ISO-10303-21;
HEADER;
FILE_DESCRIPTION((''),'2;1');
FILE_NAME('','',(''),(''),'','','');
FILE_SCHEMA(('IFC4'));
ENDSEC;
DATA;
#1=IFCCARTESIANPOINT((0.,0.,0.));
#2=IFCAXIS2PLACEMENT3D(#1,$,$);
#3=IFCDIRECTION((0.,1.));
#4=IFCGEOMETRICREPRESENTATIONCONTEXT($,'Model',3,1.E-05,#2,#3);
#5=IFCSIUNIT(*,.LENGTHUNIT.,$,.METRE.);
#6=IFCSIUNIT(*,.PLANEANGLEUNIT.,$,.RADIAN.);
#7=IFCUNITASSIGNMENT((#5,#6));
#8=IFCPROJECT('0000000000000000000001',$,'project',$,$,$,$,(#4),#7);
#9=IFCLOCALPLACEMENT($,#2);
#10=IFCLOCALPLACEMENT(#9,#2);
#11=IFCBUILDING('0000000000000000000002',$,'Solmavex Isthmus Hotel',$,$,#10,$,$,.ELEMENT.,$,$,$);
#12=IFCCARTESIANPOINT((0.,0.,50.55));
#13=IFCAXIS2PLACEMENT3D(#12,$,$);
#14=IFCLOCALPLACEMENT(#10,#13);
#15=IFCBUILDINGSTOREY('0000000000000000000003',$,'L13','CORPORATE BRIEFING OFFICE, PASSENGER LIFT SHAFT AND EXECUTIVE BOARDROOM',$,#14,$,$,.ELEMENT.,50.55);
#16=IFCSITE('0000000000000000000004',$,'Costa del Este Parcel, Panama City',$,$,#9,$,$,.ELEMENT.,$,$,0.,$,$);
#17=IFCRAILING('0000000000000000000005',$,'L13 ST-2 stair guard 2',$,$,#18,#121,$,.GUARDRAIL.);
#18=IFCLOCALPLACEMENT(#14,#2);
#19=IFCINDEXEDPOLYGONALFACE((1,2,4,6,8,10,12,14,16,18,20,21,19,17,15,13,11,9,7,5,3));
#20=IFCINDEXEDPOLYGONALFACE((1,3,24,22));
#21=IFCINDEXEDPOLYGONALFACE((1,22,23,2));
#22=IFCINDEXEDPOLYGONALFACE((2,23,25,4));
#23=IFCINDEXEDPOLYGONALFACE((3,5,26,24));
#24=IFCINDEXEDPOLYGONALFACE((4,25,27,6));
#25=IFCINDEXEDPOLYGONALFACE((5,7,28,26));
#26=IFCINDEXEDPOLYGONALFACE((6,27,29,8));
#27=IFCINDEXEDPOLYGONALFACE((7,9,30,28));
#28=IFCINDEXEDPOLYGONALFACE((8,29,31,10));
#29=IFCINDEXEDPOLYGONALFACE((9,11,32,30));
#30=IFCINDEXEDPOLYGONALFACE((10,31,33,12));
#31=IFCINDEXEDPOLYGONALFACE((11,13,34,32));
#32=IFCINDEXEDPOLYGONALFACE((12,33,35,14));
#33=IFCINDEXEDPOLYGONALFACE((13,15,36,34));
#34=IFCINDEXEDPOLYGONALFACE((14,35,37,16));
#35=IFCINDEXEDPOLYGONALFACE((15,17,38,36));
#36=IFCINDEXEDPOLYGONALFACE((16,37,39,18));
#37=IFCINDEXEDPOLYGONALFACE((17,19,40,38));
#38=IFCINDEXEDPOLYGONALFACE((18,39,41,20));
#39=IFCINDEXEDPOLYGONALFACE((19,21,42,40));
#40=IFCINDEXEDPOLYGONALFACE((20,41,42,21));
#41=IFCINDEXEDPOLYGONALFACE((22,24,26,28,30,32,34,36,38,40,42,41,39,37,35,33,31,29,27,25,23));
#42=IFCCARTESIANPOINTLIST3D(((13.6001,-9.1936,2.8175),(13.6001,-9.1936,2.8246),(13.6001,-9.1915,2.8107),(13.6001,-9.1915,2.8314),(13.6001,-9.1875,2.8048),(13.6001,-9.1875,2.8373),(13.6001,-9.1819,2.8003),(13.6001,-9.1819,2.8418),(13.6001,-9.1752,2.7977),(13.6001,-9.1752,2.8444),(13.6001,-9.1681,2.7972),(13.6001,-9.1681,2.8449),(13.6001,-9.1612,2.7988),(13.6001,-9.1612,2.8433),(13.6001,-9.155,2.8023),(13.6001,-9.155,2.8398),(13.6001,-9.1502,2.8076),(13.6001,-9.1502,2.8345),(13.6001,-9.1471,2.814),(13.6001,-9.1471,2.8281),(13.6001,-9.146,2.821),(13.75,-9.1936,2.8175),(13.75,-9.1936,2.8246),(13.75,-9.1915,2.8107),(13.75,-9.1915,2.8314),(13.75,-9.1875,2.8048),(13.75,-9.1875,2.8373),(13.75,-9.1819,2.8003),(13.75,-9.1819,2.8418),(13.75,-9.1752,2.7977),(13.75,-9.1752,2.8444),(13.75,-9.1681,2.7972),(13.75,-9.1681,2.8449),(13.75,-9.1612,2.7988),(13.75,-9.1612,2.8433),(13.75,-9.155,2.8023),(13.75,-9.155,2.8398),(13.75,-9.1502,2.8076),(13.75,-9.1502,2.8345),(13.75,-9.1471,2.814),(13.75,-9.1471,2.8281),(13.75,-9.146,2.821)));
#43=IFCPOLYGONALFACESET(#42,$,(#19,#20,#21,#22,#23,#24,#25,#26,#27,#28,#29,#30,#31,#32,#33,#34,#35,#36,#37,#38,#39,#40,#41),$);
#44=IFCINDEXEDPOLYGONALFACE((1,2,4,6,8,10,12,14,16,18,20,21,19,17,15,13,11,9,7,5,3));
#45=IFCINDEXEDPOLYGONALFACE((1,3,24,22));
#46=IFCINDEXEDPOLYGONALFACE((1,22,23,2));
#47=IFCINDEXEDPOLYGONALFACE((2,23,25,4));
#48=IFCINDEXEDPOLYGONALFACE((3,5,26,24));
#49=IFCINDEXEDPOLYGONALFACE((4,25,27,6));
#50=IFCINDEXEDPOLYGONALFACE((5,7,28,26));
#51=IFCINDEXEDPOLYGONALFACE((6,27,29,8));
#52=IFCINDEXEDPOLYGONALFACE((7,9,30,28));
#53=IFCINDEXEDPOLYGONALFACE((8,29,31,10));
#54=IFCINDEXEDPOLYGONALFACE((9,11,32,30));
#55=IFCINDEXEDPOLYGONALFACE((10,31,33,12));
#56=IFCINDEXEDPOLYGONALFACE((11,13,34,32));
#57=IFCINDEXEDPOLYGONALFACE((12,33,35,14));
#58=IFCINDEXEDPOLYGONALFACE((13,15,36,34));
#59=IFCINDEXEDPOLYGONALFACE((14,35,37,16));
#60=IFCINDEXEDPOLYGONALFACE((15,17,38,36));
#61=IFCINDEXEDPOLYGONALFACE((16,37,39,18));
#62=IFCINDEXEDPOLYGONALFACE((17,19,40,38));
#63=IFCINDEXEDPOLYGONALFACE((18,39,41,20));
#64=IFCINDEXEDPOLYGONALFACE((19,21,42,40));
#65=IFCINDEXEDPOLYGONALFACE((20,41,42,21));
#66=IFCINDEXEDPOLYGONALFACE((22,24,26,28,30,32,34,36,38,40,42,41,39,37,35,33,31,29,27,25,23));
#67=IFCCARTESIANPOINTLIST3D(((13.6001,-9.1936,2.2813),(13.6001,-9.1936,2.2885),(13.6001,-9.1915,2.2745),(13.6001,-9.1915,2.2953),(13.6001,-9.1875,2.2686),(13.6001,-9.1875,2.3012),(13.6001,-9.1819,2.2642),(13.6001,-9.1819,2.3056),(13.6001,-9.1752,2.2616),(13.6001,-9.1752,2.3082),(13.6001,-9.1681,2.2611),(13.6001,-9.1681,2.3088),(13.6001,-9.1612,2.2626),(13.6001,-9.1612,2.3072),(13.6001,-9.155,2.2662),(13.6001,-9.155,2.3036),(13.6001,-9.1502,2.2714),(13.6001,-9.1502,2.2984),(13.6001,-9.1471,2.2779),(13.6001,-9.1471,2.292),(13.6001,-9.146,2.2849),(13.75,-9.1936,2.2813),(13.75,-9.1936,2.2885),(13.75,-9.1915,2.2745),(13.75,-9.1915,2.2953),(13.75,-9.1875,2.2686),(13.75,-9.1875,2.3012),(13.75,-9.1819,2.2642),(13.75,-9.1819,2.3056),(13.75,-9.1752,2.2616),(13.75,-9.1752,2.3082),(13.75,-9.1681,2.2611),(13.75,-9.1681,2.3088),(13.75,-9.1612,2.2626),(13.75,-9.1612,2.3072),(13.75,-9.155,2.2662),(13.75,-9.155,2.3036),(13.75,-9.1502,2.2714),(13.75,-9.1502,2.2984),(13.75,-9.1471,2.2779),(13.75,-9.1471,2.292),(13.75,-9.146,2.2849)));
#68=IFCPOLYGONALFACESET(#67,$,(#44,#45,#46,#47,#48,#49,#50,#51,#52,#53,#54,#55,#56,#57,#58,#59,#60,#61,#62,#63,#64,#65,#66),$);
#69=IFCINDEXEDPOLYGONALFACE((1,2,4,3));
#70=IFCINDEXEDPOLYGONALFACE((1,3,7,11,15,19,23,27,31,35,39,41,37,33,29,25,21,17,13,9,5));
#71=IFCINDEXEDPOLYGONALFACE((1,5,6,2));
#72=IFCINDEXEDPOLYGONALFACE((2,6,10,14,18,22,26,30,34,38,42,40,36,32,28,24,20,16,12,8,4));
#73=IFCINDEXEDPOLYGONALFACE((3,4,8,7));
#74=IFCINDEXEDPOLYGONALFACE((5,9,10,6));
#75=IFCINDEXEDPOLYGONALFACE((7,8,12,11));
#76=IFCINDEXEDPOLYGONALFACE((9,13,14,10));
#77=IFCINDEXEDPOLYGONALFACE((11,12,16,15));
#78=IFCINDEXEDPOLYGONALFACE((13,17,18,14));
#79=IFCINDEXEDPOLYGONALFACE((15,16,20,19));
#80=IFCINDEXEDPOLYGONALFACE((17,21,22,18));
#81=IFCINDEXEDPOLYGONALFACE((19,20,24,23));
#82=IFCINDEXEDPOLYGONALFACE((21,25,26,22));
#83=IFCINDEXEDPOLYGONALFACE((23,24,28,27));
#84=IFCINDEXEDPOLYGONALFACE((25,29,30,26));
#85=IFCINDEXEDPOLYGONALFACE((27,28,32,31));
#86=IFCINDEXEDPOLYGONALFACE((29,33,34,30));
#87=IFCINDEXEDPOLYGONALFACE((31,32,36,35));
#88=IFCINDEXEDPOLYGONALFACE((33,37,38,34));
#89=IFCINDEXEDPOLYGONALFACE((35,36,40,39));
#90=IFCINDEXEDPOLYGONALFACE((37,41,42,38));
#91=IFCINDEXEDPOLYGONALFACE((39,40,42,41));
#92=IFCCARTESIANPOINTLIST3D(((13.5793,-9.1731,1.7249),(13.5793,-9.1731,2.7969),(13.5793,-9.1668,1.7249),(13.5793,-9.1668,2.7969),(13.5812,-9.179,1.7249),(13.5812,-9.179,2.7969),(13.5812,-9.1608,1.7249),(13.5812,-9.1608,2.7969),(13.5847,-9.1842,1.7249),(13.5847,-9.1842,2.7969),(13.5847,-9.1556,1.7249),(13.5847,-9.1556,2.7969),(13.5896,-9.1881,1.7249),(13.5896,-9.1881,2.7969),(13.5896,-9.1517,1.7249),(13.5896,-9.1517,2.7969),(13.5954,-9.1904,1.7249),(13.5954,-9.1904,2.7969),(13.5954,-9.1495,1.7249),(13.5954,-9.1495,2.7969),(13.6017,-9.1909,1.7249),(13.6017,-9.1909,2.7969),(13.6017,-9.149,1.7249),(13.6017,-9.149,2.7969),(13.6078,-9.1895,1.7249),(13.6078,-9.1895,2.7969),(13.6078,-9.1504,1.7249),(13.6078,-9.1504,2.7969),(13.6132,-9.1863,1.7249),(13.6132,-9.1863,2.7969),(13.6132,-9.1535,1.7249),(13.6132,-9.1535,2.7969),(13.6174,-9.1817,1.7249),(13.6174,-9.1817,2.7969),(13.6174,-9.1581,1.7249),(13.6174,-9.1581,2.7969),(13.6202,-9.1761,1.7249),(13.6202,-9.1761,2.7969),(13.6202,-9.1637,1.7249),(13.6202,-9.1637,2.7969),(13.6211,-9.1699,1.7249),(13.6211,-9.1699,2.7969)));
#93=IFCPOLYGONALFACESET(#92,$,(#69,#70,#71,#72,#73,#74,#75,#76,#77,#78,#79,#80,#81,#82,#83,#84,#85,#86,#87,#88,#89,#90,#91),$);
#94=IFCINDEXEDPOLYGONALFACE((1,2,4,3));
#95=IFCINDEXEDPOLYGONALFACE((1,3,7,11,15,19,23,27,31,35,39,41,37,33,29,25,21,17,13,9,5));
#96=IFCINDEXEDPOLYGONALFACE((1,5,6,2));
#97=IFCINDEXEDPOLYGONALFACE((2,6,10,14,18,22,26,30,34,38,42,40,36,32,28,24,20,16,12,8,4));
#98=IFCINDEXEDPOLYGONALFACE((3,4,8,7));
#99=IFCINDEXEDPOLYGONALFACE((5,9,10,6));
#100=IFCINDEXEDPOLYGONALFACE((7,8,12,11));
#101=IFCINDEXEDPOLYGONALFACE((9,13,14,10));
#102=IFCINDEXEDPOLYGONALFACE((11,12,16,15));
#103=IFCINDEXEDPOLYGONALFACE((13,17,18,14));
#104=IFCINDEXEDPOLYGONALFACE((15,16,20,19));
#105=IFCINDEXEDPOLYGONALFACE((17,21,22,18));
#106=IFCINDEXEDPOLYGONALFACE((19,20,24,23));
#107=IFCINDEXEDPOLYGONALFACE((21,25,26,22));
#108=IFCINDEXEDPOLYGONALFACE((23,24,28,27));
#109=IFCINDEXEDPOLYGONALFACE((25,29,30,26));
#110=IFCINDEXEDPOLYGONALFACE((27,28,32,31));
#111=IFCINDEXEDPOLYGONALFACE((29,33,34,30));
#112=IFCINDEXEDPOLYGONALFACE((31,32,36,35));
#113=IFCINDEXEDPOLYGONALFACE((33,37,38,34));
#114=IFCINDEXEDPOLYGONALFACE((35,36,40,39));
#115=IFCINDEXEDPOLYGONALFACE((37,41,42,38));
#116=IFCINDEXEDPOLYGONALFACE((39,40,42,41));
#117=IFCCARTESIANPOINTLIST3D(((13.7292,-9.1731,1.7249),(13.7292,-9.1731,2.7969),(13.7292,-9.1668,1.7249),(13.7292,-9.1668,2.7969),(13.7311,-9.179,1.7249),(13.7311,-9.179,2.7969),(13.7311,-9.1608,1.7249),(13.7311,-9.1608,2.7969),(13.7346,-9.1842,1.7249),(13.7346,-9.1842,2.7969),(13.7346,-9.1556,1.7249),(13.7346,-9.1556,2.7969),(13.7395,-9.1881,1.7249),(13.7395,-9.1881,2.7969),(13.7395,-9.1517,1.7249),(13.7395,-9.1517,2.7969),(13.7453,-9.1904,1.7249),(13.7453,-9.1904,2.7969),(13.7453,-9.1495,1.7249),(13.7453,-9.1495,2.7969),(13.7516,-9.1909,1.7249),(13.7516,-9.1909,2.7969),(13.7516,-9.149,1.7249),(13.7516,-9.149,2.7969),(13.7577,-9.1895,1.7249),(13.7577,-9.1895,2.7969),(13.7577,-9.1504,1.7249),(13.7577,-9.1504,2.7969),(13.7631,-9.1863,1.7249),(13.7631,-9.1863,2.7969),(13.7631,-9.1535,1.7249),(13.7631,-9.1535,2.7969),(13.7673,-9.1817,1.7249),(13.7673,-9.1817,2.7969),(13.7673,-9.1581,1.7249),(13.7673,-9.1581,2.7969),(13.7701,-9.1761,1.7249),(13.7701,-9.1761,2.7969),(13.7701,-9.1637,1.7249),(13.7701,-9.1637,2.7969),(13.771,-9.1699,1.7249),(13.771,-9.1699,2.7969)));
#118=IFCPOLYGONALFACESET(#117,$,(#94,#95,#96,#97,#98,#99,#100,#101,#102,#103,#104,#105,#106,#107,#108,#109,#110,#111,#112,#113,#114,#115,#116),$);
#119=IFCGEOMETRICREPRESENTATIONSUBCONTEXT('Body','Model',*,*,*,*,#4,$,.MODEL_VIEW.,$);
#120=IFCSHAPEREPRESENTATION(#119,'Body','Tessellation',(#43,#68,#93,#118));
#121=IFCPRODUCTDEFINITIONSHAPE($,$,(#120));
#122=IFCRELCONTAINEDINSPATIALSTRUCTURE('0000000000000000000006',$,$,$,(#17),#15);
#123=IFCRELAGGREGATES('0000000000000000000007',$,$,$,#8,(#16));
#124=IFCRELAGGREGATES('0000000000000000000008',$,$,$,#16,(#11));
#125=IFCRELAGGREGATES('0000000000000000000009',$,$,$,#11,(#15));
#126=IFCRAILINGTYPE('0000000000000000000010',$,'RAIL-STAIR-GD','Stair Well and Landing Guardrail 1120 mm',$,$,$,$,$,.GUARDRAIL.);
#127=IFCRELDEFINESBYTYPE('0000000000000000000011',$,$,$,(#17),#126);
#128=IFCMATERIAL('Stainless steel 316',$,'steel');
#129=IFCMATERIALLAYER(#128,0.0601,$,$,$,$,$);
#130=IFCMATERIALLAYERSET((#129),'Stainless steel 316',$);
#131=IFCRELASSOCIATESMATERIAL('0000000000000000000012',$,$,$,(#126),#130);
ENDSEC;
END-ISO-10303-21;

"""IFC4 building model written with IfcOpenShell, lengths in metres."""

from ifc_helpers import new_model, si_unit, direction, frame, origin, origin_2d, place, context, subcontext, project, spatial, circle, extrude, material, layer, layer_set, type_object, element, save


model = new_model("IFC4")

# Units and contexts
model_context = context("Model", 3, precision=1e-05, world=origin(), true_north=direction((0.0, 1.0)))
body_context = subcontext(model_context, "Body", "Model", "MODEL_VIEW")
ifc_project = project(units=[si_unit("LENGTHUNIT", "METRE"), si_unit("PLANEANGLEUNIT", "RADIAN")], contexts=[model_context])

# Site, building, storey
site_placement = place(None, origin())
site = spatial("IfcSite", under=ifc_project, at=site_placement, Name="Costa del Este Parcel, Panama City", CompositionType="ELEMENT", RefElevation=0.0)
building_placement = place(site_placement, origin())
building = spatial("IfcBuilding", under=site, at=building_placement, Name="Solmavex Isthmus Hotel", CompositionType="ELEMENT")
storey_placement = place(building_placement, frame((0.0, 0.0, 50.55)))
storey = spatial("IfcBuildingStorey", under=building, at=storey_placement, Name="L13", Description="CORPORATE BRIEFING OFFICE, PASSENGER LIFT SHAFT AND EXECUTIVE BOARDROOM", CompositionType="ELEMENT", Elevation=50.55)

# Railing
ifc_material_1 = material(Name="Stainless steel 316", Category="steel")
ifc_layer_1 = layer(ifc_material_1, 0.0601)
ifc_layer_set_1 = layer_set([ifc_layer_1], Name="Stainless steel 316")
railing_type_1 = type_object("IfcRailingType", Name="RAIL-STAIR-GD", Description="Stair Well and Landing Guardrail 1120 mm", PredefinedType="GUARDRAIL", material=ifc_layer_set_1)
railing_1_placement = place(storey_placement, frame((13.6001, -9.1699, 1.7249)))
element("IfcRailing", 1, at=railing_1_placement, inside=storey, type_object=railing_type_1, Name="L13 ST-2 stair guard 2", PredefinedType="GUARDRAIL", context=body_context, shape_type="SweptSolid", body=[
    extrude(circle(Radius=0.0239, at=origin_2d()), frame((0.0, 0.0, 1.0962), z_axis=(1.0, 0.0, 0.0), x_axis=(0.0, 1.0, 0.0)), (0.0, 0.0, 1.0), 0.1499),
    extrude(circle(Radius=0.0239, at=origin_2d()), frame((0.0, 0.0, 0.5601), z_axis=(1.0, 0.0, 0.0), x_axis=(0.0, 1.0, 0.0)), (0.0, 0.0, 1.0), 0.1499),
    extrude(circle(Radius=0.021, at=origin_2d()), origin(), (0.0, 0.0, 1.0), 1.072),
    extrude(circle(Radius=0.021, at=origin_2d()), frame((0.1499, 0.0, 0.0)), (0.0, 0.0, 1.0), 1.072),
])

save(model, "model.ifc")
